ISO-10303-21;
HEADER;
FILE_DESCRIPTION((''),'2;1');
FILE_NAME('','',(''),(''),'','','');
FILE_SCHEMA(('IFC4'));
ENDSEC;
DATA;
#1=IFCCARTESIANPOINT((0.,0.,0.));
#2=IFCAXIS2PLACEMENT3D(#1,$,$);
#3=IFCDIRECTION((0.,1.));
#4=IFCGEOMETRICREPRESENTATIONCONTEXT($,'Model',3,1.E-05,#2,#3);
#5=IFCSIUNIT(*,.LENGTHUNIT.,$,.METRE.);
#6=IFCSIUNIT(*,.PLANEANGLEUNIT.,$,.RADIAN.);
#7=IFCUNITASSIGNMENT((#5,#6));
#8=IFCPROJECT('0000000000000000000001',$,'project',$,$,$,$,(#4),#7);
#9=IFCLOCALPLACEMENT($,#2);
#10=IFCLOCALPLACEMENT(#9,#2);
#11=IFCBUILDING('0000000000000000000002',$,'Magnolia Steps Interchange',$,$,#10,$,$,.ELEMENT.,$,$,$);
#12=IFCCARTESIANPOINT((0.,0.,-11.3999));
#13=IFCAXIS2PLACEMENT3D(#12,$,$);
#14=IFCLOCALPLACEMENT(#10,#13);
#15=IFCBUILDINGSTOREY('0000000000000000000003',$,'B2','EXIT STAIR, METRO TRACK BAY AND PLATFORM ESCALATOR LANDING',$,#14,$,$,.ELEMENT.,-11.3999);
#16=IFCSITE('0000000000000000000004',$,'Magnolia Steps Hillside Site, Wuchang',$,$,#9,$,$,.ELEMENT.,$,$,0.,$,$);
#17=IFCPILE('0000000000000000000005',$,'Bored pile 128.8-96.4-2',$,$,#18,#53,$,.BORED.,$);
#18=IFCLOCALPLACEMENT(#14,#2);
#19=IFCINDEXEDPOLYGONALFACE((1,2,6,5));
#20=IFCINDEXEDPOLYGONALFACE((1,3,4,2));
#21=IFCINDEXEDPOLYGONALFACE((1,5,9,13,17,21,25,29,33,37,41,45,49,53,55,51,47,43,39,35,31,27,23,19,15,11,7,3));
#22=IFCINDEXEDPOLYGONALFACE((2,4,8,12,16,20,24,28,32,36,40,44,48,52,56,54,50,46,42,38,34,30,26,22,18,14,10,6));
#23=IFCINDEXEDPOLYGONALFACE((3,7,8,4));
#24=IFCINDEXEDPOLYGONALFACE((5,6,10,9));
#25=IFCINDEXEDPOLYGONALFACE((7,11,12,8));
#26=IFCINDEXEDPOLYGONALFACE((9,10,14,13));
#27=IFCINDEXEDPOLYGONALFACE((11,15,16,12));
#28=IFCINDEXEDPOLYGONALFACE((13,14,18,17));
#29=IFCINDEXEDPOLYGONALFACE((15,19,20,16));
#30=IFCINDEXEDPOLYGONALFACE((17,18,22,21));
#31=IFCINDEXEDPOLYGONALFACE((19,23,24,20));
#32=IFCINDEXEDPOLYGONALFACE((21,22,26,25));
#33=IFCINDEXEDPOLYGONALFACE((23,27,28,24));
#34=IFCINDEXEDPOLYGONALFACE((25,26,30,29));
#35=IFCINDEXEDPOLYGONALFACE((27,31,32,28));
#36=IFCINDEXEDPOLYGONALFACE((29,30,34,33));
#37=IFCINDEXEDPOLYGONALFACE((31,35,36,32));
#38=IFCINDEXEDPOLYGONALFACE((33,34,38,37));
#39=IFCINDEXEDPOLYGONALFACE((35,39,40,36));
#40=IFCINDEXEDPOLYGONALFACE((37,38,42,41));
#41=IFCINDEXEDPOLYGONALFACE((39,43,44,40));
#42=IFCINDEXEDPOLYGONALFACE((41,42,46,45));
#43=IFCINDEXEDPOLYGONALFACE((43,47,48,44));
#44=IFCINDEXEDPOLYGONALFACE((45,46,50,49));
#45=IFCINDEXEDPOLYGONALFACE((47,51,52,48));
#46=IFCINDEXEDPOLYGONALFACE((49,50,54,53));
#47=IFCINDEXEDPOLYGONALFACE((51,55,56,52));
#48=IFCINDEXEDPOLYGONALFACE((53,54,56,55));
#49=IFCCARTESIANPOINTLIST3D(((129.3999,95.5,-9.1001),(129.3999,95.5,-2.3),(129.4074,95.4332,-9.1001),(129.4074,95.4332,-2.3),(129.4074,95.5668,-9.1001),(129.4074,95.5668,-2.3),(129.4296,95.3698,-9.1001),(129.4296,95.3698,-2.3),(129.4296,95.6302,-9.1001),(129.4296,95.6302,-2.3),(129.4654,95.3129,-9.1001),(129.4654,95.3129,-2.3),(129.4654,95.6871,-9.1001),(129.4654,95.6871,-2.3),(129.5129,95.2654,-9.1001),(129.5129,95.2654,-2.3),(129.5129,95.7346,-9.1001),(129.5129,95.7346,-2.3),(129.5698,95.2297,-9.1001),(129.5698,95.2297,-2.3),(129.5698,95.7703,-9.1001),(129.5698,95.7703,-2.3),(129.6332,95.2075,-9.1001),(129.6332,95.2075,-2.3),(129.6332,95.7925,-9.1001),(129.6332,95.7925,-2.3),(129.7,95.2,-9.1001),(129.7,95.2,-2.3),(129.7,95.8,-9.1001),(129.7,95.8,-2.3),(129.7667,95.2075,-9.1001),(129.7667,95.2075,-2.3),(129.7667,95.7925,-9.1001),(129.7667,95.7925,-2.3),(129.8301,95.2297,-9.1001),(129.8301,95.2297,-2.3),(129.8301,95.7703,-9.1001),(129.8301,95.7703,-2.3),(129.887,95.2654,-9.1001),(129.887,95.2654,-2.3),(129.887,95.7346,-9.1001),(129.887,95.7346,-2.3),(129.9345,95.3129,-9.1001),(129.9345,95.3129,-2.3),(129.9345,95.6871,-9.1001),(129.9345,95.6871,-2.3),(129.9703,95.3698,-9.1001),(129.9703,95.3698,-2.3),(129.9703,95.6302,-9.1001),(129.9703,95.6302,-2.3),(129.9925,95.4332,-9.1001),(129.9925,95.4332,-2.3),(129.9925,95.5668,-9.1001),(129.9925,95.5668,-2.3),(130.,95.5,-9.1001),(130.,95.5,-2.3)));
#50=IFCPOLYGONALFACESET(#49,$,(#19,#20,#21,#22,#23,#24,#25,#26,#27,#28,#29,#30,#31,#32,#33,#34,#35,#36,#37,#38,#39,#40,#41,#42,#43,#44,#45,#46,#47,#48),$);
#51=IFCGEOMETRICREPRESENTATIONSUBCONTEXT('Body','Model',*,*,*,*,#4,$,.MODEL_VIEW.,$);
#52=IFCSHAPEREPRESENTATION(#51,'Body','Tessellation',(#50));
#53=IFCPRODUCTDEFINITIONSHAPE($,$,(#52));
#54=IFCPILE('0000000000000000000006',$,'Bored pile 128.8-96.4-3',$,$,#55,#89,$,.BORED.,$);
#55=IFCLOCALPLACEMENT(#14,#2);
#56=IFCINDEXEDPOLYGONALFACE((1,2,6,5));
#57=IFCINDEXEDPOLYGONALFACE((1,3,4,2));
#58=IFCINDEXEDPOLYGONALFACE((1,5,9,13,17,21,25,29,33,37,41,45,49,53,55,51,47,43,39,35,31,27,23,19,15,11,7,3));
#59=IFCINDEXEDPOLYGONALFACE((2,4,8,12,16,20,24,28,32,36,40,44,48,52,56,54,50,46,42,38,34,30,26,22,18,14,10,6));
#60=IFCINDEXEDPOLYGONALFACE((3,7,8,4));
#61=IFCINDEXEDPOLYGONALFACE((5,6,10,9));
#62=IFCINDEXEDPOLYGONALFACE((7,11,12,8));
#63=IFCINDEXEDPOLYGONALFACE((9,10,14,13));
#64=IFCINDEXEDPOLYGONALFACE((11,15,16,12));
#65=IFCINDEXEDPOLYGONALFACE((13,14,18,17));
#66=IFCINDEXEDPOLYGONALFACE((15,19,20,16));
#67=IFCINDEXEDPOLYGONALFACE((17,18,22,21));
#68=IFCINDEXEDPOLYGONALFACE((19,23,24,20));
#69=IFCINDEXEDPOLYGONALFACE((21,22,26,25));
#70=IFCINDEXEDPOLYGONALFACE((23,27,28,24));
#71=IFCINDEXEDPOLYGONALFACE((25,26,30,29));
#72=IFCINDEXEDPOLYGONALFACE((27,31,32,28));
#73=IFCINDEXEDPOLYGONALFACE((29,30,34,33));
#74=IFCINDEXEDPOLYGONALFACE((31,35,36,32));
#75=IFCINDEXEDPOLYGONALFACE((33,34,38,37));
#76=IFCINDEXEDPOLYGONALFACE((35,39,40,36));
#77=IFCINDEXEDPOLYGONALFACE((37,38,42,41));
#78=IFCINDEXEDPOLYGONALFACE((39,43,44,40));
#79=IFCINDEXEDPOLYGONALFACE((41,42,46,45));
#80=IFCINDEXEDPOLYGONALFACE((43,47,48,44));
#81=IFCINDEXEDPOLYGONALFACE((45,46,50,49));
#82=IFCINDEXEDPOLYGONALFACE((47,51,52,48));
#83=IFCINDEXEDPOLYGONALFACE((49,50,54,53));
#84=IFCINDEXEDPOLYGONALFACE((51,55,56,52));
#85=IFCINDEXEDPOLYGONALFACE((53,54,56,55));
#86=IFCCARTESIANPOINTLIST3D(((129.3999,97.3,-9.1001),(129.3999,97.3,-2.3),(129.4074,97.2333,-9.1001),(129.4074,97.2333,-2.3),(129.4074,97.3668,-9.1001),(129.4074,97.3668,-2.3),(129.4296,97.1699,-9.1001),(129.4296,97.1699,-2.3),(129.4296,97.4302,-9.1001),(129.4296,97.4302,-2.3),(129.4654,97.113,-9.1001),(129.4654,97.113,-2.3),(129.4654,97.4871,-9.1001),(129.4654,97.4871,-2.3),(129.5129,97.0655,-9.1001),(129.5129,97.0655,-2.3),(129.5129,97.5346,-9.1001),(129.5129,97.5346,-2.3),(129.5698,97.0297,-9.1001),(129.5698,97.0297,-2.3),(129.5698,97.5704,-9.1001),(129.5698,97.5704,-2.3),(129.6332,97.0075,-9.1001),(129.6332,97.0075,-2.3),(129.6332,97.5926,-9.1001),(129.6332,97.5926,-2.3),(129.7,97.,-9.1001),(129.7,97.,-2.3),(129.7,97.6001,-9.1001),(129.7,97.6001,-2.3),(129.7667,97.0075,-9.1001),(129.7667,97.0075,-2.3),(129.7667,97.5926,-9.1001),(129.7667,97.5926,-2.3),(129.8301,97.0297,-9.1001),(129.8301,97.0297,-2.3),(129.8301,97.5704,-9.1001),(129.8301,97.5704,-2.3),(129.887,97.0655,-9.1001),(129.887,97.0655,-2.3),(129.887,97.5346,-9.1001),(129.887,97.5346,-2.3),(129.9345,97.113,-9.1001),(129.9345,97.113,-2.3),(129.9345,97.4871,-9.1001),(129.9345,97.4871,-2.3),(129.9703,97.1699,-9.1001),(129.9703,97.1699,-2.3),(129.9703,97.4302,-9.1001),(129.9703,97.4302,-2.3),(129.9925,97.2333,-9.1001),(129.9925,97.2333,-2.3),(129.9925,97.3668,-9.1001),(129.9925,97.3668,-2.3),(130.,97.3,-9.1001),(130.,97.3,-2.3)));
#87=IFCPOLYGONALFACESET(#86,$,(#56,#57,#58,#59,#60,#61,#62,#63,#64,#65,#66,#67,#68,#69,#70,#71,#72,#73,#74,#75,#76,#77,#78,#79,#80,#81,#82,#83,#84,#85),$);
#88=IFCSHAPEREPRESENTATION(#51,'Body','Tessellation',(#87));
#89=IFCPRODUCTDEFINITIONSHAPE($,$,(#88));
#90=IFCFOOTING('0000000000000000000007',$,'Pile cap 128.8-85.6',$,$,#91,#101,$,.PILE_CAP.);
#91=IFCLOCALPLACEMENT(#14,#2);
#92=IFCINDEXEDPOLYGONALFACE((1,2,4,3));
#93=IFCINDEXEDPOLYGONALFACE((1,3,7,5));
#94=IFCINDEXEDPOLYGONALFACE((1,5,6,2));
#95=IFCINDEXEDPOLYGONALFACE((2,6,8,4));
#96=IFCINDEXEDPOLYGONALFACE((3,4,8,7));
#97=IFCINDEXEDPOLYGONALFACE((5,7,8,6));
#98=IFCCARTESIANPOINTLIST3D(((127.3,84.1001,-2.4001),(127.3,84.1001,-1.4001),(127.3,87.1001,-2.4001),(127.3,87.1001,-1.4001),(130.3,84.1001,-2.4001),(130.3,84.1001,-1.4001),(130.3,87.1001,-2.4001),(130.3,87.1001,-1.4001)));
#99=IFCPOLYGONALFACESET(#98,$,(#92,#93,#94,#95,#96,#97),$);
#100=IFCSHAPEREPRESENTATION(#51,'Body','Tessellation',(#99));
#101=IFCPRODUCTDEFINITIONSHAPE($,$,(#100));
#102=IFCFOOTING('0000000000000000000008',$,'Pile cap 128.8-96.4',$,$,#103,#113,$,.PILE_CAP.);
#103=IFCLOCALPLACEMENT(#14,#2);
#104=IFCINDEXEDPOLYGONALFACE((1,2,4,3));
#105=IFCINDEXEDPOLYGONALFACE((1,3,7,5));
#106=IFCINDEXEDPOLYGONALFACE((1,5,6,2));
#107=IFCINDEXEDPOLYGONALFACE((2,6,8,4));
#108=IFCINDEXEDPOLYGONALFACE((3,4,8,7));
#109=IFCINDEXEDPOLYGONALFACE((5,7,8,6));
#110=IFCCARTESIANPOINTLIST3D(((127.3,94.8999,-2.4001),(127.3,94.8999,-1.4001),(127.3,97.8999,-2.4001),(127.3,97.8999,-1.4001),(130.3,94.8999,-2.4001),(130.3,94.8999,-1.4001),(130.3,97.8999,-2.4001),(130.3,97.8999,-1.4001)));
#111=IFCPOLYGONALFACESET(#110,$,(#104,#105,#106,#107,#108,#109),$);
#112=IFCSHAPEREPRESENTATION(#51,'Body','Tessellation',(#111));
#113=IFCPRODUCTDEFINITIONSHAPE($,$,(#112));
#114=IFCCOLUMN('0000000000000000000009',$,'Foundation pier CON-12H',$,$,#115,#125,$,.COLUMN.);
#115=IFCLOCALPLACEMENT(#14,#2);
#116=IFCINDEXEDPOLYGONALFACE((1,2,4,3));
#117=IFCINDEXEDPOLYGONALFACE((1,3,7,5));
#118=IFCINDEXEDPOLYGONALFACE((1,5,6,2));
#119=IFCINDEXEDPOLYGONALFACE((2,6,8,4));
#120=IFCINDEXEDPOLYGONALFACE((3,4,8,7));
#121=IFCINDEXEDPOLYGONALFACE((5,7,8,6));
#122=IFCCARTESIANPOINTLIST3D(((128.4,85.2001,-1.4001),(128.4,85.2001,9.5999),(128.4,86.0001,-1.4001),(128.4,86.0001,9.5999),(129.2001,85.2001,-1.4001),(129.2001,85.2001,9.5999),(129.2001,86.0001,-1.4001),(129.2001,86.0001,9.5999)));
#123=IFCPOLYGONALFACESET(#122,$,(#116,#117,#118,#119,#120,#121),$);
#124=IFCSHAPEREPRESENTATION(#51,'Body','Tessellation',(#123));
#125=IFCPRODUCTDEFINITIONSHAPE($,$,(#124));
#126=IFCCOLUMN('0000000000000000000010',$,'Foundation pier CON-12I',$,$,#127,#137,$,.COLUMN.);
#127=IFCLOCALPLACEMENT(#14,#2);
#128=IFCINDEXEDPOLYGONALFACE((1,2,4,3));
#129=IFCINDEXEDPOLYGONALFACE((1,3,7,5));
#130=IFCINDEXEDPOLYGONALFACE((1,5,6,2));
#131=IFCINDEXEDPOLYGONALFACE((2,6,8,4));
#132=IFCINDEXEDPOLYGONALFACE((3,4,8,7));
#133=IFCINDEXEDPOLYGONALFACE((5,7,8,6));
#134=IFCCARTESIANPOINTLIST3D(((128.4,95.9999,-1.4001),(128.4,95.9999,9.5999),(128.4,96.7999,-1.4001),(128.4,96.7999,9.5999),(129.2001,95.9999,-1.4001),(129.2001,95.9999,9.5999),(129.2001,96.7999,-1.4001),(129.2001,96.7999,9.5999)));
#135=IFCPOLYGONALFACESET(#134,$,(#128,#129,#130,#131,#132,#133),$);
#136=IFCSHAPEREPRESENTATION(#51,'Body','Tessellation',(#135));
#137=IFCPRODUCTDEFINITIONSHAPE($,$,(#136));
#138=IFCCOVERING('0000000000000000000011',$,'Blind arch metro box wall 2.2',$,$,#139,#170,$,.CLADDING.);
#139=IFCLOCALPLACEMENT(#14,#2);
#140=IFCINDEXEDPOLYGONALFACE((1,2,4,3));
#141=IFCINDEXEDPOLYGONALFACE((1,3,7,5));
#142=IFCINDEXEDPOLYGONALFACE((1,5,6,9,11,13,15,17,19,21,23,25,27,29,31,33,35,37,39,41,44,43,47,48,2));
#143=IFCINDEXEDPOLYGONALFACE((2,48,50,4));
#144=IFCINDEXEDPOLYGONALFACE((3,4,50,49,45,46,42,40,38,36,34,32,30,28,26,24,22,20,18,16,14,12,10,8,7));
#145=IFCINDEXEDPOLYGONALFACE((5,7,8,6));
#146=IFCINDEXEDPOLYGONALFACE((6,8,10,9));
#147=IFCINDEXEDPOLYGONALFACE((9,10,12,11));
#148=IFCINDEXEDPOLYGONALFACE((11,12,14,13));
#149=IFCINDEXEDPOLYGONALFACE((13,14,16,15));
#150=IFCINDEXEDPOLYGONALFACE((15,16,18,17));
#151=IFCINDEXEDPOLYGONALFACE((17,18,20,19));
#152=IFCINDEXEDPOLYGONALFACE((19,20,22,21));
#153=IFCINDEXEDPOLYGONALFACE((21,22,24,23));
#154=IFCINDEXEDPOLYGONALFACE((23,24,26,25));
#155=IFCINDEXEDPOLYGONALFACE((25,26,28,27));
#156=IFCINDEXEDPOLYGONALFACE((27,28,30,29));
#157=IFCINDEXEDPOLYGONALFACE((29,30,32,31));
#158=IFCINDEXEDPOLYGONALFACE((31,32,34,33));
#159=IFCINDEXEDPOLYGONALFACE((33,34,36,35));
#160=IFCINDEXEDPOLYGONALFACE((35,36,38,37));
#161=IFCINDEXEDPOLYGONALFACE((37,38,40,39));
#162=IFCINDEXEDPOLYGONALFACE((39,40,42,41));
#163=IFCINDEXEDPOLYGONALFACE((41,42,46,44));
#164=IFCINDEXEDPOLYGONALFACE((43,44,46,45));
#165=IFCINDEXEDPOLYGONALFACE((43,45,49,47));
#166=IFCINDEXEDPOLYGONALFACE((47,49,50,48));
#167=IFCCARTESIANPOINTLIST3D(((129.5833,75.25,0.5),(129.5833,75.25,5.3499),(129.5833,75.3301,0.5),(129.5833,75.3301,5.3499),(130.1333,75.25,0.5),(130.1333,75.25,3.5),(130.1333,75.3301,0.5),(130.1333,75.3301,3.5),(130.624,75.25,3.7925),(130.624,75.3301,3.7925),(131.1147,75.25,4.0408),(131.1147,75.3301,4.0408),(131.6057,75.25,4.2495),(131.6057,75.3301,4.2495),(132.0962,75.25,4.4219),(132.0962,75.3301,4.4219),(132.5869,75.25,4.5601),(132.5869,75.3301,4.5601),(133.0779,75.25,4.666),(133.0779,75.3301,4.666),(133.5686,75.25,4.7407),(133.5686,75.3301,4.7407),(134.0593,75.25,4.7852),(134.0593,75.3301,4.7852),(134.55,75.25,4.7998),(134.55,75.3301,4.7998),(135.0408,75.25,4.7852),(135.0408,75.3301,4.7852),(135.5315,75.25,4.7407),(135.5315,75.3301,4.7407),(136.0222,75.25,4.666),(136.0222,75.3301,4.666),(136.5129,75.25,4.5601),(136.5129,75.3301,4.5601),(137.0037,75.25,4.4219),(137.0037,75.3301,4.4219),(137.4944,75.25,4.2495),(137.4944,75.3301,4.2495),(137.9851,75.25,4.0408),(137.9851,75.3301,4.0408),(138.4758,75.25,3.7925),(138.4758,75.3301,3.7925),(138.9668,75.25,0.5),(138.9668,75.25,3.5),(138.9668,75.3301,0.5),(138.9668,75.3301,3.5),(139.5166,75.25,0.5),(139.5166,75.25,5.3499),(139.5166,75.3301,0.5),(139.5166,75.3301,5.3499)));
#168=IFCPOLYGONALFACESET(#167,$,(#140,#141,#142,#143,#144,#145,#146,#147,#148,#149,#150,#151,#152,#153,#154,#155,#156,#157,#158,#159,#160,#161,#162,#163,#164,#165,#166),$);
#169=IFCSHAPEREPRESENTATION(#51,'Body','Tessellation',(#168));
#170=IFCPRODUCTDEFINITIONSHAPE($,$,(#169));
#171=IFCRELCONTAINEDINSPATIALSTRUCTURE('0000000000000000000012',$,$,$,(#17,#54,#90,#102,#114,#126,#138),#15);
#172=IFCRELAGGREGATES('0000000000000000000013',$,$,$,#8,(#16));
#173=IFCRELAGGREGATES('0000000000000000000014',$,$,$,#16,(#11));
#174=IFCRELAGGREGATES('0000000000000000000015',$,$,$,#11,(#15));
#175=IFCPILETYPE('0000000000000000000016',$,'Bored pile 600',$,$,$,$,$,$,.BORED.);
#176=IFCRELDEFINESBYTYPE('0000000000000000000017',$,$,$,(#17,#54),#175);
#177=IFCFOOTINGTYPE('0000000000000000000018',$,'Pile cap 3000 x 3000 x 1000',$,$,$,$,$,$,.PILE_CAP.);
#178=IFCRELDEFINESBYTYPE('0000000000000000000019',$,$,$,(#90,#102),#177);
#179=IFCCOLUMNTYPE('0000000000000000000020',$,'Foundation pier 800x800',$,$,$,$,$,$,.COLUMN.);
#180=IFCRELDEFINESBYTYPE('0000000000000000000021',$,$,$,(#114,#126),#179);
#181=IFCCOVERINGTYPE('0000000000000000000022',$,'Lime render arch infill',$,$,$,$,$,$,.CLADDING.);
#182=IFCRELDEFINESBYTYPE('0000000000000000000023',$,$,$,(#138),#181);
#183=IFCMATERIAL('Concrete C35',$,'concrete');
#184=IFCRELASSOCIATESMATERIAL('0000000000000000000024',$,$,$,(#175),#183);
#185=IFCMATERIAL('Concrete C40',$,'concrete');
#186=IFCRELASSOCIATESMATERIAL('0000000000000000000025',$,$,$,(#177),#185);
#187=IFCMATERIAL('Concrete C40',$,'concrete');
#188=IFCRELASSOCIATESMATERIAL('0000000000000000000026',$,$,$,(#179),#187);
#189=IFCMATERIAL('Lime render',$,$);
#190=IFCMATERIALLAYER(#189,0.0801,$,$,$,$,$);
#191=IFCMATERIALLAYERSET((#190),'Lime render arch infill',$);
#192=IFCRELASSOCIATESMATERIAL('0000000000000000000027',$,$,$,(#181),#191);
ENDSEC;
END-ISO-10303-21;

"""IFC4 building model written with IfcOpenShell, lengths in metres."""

from ifc_helpers import new_model, si_unit, direction, frame, origin, origin_2d, place, context, subcontext, project, spatial, polyline, rectangle, circle, outline, extrude, material, layer, layer_set, material_profile, profile_set, type_object, element, save


model = new_model("IFC4")

# Units and contexts
model_context = context("Model", 3, precision=1e-05, world=origin(), true_north=direction((0.0, 1.0)))
body_context = subcontext(model_context, "Body", "Model", "MODEL_VIEW")
ifc_project = project(units=[si_unit("LENGTHUNIT", "METRE"), si_unit("PLANEANGLEUNIT", "RADIAN")], contexts=[model_context])

# Site, building, storey
site_placement = place(None, origin())
site = spatial("IfcSite", under=ifc_project, at=site_placement, Name="Magnolia Steps Hillside Site, Wuchang", CompositionType="ELEMENT", RefElevation=0.0)
building_placement = place(site_placement, origin())
building = spatial("IfcBuilding", under=site, at=building_placement, Name="Magnolia Steps Interchange", CompositionType="ELEMENT")
storey_placement = place(building_placement, frame((0.0, 0.0, -11.3999)))
storey = spatial("IfcBuildingStorey", under=building, at=storey_placement, Name="B2", Description="EXIT STAIR, METRO TRACK BAY AND PLATFORM ESCALATOR LANDING", CompositionType="ELEMENT", Elevation=-11.3999)

# Piles
ifc_material_1 = material(Name="Concrete C35", Category="concrete")
ifc_material_profile_1 = material_profile(ifc_material_1, circle(Radius=0.3, at=origin_2d()), Name="Bored pile 600")
ifc_profile_set_1 = profile_set([ifc_material_profile_1], Name="Concrete C35")
pile_type_1 = type_object("IfcPileType", Name="Bored pile 600", PredefinedType="BORED", material=ifc_profile_set_1)
for number, where, z_axis, x_axis, name in (
    (1, (129.7, 95.5, -2.3), (0.0, 0.0, -1.0), (1.0, 0.0, 0.0), "Bored pile 128.8-96.4-2"),
    (2, (129.7, 97.3, -2.3), (0.0, 0.0, -1.0), (1.0, 0.0, 0.0), "Bored pile 128.8-96.4-3"),
):
    element("IfcPile", number, at=place(storey_placement, frame(where, z_axis=z_axis, x_axis=x_axis)), inside=storey, type_object=pile_type_1, Name=name, PredefinedType="BORED", context=body_context, shape_type="SweptSolid", body=[
        extrude(circle(Radius=0.3, at=origin_2d()), origin(), (0.0, 0.0, 1.0), 6.8),
    ])

# Footings
ifc_material_2 = material(Name="Concrete C40", Category="concrete")
footing_type = type_object("IfcFootingType", Name="Pile cap 3000 x 3000 x 1000", PredefinedType="PILE_CAP", material=ifc_material_2)
for number, where, z_axis, x_axis, name in (
    (3, (128.8, 85.6001, -2.4001), (0.0, 0.0, 1.0), (1.0, 0.0, 0.0), "Pile cap 128.8-85.6"),
    (4, (128.8, 96.3999, -2.4001), (0.0, 0.0, 1.0), (1.0, 0.0, 0.0), "Pile cap 128.8-96.4"),
):
    element("IfcFooting", number, at=place(storey_placement, frame(where, z_axis=z_axis, x_axis=x_axis)), inside=storey, type_object=footing_type, Name=name, PredefinedType="PILE_CAP", context=body_context, shape_type="SweptSolid", body=[
        extrude(rectangle(XDim=3.0, YDim=3.0, at=origin_2d()), origin(), (0.0, 0.0, 1.0), 1.0),
    ])

# Columns
ifc_material_3 = material(Name="Concrete C40", Category="concrete")
ifc_material_profile_2 = material_profile(ifc_material_3, rectangle(XDim=0.8, YDim=0.8, at=origin_2d()), Name="RC800x800")
ifc_profile_set_2 = profile_set([ifc_material_profile_2], Name="Concrete C40")
column_type = type_object("IfcColumnType", Name="Foundation pier 800x800", PredefinedType="COLUMN", material=ifc_profile_set_2)
for number, where, z_axis, x_axis, name in (
    (5, (128.8, 85.6001, -1.4001), (0.0, 0.0, 1.0), (1.0, 0.0, 0.0), "Foundation pier CON-12H"),
    (6, (128.8, 96.3999, -1.4001), (0.0, 0.0, 1.0), (1.0, 0.0, 0.0), "Foundation pier CON-12I"),
):
    element("IfcColumn", number, at=place(storey_placement, frame(where, z_axis=z_axis, x_axis=x_axis)), inside=storey, type_object=column_type, Name=name, PredefinedType="COLUMN", context=body_context, shape_type="SweptSolid", body=[
        extrude(rectangle(XDim=0.8, YDim=0.8, at=origin_2d()), origin(), (0.0, 0.0, 1.0), 11.0),
    ])

# Covering
ifc_material_4 = material(Name="Lime render")
ifc_layer_1 = layer(ifc_material_4, 0.0801)
ifc_layer_set_1 = layer_set([ifc_layer_1], Name="Lime render arch infill")
covering_type_1 = type_object("IfcCoveringType", Name="Lime render arch infill", PredefinedType="CLADDING", material=ifc_layer_set_1)
covering_1_placement = place(storey_placement, frame((130.1333, 75.25, 0.5), z_axis=(0.0, -1.0, 0.0), x_axis=(0.0, 0.0, 1.0)))
element("IfcCovering", 7, at=covering_1_placement, inside=storey, type_object=covering_type_1, Name="Blind arch metro box wall 2.2", PredefinedType="CLADDING", context=body_context, shape_type="SweptSolid", body=[
    extrude(outline(polyline([(0.0, 0.0), (3.0, 0.0), (3.2925, -0.4907), (3.5408, -0.9814), (3.7495, -1.4724), (3.9219, -1.9629), (4.0601, -2.4536), (4.166, -2.9446), (4.2407, -3.4353), (4.2852, -3.926), (4.2998, -4.4167), (4.2852, -4.9075), (4.2407, -5.3982), (4.166, -5.8889), (4.0601, -6.3796), (3.9219, -6.8704), (3.7495, -7.3611), (3.5408, -7.8518), (3.2925, -8.3425), (3.0, -8.8335), (0.0, -8.8335), (0.0, -9.3833), (4.8499, -9.3833), (4.8499, 0.55), (0.0, 0.55), (0.0, 0.0)])), origin(), (0.0, 0.0, -1.0), 0.0801),
])

save(model, "model.ifc")
